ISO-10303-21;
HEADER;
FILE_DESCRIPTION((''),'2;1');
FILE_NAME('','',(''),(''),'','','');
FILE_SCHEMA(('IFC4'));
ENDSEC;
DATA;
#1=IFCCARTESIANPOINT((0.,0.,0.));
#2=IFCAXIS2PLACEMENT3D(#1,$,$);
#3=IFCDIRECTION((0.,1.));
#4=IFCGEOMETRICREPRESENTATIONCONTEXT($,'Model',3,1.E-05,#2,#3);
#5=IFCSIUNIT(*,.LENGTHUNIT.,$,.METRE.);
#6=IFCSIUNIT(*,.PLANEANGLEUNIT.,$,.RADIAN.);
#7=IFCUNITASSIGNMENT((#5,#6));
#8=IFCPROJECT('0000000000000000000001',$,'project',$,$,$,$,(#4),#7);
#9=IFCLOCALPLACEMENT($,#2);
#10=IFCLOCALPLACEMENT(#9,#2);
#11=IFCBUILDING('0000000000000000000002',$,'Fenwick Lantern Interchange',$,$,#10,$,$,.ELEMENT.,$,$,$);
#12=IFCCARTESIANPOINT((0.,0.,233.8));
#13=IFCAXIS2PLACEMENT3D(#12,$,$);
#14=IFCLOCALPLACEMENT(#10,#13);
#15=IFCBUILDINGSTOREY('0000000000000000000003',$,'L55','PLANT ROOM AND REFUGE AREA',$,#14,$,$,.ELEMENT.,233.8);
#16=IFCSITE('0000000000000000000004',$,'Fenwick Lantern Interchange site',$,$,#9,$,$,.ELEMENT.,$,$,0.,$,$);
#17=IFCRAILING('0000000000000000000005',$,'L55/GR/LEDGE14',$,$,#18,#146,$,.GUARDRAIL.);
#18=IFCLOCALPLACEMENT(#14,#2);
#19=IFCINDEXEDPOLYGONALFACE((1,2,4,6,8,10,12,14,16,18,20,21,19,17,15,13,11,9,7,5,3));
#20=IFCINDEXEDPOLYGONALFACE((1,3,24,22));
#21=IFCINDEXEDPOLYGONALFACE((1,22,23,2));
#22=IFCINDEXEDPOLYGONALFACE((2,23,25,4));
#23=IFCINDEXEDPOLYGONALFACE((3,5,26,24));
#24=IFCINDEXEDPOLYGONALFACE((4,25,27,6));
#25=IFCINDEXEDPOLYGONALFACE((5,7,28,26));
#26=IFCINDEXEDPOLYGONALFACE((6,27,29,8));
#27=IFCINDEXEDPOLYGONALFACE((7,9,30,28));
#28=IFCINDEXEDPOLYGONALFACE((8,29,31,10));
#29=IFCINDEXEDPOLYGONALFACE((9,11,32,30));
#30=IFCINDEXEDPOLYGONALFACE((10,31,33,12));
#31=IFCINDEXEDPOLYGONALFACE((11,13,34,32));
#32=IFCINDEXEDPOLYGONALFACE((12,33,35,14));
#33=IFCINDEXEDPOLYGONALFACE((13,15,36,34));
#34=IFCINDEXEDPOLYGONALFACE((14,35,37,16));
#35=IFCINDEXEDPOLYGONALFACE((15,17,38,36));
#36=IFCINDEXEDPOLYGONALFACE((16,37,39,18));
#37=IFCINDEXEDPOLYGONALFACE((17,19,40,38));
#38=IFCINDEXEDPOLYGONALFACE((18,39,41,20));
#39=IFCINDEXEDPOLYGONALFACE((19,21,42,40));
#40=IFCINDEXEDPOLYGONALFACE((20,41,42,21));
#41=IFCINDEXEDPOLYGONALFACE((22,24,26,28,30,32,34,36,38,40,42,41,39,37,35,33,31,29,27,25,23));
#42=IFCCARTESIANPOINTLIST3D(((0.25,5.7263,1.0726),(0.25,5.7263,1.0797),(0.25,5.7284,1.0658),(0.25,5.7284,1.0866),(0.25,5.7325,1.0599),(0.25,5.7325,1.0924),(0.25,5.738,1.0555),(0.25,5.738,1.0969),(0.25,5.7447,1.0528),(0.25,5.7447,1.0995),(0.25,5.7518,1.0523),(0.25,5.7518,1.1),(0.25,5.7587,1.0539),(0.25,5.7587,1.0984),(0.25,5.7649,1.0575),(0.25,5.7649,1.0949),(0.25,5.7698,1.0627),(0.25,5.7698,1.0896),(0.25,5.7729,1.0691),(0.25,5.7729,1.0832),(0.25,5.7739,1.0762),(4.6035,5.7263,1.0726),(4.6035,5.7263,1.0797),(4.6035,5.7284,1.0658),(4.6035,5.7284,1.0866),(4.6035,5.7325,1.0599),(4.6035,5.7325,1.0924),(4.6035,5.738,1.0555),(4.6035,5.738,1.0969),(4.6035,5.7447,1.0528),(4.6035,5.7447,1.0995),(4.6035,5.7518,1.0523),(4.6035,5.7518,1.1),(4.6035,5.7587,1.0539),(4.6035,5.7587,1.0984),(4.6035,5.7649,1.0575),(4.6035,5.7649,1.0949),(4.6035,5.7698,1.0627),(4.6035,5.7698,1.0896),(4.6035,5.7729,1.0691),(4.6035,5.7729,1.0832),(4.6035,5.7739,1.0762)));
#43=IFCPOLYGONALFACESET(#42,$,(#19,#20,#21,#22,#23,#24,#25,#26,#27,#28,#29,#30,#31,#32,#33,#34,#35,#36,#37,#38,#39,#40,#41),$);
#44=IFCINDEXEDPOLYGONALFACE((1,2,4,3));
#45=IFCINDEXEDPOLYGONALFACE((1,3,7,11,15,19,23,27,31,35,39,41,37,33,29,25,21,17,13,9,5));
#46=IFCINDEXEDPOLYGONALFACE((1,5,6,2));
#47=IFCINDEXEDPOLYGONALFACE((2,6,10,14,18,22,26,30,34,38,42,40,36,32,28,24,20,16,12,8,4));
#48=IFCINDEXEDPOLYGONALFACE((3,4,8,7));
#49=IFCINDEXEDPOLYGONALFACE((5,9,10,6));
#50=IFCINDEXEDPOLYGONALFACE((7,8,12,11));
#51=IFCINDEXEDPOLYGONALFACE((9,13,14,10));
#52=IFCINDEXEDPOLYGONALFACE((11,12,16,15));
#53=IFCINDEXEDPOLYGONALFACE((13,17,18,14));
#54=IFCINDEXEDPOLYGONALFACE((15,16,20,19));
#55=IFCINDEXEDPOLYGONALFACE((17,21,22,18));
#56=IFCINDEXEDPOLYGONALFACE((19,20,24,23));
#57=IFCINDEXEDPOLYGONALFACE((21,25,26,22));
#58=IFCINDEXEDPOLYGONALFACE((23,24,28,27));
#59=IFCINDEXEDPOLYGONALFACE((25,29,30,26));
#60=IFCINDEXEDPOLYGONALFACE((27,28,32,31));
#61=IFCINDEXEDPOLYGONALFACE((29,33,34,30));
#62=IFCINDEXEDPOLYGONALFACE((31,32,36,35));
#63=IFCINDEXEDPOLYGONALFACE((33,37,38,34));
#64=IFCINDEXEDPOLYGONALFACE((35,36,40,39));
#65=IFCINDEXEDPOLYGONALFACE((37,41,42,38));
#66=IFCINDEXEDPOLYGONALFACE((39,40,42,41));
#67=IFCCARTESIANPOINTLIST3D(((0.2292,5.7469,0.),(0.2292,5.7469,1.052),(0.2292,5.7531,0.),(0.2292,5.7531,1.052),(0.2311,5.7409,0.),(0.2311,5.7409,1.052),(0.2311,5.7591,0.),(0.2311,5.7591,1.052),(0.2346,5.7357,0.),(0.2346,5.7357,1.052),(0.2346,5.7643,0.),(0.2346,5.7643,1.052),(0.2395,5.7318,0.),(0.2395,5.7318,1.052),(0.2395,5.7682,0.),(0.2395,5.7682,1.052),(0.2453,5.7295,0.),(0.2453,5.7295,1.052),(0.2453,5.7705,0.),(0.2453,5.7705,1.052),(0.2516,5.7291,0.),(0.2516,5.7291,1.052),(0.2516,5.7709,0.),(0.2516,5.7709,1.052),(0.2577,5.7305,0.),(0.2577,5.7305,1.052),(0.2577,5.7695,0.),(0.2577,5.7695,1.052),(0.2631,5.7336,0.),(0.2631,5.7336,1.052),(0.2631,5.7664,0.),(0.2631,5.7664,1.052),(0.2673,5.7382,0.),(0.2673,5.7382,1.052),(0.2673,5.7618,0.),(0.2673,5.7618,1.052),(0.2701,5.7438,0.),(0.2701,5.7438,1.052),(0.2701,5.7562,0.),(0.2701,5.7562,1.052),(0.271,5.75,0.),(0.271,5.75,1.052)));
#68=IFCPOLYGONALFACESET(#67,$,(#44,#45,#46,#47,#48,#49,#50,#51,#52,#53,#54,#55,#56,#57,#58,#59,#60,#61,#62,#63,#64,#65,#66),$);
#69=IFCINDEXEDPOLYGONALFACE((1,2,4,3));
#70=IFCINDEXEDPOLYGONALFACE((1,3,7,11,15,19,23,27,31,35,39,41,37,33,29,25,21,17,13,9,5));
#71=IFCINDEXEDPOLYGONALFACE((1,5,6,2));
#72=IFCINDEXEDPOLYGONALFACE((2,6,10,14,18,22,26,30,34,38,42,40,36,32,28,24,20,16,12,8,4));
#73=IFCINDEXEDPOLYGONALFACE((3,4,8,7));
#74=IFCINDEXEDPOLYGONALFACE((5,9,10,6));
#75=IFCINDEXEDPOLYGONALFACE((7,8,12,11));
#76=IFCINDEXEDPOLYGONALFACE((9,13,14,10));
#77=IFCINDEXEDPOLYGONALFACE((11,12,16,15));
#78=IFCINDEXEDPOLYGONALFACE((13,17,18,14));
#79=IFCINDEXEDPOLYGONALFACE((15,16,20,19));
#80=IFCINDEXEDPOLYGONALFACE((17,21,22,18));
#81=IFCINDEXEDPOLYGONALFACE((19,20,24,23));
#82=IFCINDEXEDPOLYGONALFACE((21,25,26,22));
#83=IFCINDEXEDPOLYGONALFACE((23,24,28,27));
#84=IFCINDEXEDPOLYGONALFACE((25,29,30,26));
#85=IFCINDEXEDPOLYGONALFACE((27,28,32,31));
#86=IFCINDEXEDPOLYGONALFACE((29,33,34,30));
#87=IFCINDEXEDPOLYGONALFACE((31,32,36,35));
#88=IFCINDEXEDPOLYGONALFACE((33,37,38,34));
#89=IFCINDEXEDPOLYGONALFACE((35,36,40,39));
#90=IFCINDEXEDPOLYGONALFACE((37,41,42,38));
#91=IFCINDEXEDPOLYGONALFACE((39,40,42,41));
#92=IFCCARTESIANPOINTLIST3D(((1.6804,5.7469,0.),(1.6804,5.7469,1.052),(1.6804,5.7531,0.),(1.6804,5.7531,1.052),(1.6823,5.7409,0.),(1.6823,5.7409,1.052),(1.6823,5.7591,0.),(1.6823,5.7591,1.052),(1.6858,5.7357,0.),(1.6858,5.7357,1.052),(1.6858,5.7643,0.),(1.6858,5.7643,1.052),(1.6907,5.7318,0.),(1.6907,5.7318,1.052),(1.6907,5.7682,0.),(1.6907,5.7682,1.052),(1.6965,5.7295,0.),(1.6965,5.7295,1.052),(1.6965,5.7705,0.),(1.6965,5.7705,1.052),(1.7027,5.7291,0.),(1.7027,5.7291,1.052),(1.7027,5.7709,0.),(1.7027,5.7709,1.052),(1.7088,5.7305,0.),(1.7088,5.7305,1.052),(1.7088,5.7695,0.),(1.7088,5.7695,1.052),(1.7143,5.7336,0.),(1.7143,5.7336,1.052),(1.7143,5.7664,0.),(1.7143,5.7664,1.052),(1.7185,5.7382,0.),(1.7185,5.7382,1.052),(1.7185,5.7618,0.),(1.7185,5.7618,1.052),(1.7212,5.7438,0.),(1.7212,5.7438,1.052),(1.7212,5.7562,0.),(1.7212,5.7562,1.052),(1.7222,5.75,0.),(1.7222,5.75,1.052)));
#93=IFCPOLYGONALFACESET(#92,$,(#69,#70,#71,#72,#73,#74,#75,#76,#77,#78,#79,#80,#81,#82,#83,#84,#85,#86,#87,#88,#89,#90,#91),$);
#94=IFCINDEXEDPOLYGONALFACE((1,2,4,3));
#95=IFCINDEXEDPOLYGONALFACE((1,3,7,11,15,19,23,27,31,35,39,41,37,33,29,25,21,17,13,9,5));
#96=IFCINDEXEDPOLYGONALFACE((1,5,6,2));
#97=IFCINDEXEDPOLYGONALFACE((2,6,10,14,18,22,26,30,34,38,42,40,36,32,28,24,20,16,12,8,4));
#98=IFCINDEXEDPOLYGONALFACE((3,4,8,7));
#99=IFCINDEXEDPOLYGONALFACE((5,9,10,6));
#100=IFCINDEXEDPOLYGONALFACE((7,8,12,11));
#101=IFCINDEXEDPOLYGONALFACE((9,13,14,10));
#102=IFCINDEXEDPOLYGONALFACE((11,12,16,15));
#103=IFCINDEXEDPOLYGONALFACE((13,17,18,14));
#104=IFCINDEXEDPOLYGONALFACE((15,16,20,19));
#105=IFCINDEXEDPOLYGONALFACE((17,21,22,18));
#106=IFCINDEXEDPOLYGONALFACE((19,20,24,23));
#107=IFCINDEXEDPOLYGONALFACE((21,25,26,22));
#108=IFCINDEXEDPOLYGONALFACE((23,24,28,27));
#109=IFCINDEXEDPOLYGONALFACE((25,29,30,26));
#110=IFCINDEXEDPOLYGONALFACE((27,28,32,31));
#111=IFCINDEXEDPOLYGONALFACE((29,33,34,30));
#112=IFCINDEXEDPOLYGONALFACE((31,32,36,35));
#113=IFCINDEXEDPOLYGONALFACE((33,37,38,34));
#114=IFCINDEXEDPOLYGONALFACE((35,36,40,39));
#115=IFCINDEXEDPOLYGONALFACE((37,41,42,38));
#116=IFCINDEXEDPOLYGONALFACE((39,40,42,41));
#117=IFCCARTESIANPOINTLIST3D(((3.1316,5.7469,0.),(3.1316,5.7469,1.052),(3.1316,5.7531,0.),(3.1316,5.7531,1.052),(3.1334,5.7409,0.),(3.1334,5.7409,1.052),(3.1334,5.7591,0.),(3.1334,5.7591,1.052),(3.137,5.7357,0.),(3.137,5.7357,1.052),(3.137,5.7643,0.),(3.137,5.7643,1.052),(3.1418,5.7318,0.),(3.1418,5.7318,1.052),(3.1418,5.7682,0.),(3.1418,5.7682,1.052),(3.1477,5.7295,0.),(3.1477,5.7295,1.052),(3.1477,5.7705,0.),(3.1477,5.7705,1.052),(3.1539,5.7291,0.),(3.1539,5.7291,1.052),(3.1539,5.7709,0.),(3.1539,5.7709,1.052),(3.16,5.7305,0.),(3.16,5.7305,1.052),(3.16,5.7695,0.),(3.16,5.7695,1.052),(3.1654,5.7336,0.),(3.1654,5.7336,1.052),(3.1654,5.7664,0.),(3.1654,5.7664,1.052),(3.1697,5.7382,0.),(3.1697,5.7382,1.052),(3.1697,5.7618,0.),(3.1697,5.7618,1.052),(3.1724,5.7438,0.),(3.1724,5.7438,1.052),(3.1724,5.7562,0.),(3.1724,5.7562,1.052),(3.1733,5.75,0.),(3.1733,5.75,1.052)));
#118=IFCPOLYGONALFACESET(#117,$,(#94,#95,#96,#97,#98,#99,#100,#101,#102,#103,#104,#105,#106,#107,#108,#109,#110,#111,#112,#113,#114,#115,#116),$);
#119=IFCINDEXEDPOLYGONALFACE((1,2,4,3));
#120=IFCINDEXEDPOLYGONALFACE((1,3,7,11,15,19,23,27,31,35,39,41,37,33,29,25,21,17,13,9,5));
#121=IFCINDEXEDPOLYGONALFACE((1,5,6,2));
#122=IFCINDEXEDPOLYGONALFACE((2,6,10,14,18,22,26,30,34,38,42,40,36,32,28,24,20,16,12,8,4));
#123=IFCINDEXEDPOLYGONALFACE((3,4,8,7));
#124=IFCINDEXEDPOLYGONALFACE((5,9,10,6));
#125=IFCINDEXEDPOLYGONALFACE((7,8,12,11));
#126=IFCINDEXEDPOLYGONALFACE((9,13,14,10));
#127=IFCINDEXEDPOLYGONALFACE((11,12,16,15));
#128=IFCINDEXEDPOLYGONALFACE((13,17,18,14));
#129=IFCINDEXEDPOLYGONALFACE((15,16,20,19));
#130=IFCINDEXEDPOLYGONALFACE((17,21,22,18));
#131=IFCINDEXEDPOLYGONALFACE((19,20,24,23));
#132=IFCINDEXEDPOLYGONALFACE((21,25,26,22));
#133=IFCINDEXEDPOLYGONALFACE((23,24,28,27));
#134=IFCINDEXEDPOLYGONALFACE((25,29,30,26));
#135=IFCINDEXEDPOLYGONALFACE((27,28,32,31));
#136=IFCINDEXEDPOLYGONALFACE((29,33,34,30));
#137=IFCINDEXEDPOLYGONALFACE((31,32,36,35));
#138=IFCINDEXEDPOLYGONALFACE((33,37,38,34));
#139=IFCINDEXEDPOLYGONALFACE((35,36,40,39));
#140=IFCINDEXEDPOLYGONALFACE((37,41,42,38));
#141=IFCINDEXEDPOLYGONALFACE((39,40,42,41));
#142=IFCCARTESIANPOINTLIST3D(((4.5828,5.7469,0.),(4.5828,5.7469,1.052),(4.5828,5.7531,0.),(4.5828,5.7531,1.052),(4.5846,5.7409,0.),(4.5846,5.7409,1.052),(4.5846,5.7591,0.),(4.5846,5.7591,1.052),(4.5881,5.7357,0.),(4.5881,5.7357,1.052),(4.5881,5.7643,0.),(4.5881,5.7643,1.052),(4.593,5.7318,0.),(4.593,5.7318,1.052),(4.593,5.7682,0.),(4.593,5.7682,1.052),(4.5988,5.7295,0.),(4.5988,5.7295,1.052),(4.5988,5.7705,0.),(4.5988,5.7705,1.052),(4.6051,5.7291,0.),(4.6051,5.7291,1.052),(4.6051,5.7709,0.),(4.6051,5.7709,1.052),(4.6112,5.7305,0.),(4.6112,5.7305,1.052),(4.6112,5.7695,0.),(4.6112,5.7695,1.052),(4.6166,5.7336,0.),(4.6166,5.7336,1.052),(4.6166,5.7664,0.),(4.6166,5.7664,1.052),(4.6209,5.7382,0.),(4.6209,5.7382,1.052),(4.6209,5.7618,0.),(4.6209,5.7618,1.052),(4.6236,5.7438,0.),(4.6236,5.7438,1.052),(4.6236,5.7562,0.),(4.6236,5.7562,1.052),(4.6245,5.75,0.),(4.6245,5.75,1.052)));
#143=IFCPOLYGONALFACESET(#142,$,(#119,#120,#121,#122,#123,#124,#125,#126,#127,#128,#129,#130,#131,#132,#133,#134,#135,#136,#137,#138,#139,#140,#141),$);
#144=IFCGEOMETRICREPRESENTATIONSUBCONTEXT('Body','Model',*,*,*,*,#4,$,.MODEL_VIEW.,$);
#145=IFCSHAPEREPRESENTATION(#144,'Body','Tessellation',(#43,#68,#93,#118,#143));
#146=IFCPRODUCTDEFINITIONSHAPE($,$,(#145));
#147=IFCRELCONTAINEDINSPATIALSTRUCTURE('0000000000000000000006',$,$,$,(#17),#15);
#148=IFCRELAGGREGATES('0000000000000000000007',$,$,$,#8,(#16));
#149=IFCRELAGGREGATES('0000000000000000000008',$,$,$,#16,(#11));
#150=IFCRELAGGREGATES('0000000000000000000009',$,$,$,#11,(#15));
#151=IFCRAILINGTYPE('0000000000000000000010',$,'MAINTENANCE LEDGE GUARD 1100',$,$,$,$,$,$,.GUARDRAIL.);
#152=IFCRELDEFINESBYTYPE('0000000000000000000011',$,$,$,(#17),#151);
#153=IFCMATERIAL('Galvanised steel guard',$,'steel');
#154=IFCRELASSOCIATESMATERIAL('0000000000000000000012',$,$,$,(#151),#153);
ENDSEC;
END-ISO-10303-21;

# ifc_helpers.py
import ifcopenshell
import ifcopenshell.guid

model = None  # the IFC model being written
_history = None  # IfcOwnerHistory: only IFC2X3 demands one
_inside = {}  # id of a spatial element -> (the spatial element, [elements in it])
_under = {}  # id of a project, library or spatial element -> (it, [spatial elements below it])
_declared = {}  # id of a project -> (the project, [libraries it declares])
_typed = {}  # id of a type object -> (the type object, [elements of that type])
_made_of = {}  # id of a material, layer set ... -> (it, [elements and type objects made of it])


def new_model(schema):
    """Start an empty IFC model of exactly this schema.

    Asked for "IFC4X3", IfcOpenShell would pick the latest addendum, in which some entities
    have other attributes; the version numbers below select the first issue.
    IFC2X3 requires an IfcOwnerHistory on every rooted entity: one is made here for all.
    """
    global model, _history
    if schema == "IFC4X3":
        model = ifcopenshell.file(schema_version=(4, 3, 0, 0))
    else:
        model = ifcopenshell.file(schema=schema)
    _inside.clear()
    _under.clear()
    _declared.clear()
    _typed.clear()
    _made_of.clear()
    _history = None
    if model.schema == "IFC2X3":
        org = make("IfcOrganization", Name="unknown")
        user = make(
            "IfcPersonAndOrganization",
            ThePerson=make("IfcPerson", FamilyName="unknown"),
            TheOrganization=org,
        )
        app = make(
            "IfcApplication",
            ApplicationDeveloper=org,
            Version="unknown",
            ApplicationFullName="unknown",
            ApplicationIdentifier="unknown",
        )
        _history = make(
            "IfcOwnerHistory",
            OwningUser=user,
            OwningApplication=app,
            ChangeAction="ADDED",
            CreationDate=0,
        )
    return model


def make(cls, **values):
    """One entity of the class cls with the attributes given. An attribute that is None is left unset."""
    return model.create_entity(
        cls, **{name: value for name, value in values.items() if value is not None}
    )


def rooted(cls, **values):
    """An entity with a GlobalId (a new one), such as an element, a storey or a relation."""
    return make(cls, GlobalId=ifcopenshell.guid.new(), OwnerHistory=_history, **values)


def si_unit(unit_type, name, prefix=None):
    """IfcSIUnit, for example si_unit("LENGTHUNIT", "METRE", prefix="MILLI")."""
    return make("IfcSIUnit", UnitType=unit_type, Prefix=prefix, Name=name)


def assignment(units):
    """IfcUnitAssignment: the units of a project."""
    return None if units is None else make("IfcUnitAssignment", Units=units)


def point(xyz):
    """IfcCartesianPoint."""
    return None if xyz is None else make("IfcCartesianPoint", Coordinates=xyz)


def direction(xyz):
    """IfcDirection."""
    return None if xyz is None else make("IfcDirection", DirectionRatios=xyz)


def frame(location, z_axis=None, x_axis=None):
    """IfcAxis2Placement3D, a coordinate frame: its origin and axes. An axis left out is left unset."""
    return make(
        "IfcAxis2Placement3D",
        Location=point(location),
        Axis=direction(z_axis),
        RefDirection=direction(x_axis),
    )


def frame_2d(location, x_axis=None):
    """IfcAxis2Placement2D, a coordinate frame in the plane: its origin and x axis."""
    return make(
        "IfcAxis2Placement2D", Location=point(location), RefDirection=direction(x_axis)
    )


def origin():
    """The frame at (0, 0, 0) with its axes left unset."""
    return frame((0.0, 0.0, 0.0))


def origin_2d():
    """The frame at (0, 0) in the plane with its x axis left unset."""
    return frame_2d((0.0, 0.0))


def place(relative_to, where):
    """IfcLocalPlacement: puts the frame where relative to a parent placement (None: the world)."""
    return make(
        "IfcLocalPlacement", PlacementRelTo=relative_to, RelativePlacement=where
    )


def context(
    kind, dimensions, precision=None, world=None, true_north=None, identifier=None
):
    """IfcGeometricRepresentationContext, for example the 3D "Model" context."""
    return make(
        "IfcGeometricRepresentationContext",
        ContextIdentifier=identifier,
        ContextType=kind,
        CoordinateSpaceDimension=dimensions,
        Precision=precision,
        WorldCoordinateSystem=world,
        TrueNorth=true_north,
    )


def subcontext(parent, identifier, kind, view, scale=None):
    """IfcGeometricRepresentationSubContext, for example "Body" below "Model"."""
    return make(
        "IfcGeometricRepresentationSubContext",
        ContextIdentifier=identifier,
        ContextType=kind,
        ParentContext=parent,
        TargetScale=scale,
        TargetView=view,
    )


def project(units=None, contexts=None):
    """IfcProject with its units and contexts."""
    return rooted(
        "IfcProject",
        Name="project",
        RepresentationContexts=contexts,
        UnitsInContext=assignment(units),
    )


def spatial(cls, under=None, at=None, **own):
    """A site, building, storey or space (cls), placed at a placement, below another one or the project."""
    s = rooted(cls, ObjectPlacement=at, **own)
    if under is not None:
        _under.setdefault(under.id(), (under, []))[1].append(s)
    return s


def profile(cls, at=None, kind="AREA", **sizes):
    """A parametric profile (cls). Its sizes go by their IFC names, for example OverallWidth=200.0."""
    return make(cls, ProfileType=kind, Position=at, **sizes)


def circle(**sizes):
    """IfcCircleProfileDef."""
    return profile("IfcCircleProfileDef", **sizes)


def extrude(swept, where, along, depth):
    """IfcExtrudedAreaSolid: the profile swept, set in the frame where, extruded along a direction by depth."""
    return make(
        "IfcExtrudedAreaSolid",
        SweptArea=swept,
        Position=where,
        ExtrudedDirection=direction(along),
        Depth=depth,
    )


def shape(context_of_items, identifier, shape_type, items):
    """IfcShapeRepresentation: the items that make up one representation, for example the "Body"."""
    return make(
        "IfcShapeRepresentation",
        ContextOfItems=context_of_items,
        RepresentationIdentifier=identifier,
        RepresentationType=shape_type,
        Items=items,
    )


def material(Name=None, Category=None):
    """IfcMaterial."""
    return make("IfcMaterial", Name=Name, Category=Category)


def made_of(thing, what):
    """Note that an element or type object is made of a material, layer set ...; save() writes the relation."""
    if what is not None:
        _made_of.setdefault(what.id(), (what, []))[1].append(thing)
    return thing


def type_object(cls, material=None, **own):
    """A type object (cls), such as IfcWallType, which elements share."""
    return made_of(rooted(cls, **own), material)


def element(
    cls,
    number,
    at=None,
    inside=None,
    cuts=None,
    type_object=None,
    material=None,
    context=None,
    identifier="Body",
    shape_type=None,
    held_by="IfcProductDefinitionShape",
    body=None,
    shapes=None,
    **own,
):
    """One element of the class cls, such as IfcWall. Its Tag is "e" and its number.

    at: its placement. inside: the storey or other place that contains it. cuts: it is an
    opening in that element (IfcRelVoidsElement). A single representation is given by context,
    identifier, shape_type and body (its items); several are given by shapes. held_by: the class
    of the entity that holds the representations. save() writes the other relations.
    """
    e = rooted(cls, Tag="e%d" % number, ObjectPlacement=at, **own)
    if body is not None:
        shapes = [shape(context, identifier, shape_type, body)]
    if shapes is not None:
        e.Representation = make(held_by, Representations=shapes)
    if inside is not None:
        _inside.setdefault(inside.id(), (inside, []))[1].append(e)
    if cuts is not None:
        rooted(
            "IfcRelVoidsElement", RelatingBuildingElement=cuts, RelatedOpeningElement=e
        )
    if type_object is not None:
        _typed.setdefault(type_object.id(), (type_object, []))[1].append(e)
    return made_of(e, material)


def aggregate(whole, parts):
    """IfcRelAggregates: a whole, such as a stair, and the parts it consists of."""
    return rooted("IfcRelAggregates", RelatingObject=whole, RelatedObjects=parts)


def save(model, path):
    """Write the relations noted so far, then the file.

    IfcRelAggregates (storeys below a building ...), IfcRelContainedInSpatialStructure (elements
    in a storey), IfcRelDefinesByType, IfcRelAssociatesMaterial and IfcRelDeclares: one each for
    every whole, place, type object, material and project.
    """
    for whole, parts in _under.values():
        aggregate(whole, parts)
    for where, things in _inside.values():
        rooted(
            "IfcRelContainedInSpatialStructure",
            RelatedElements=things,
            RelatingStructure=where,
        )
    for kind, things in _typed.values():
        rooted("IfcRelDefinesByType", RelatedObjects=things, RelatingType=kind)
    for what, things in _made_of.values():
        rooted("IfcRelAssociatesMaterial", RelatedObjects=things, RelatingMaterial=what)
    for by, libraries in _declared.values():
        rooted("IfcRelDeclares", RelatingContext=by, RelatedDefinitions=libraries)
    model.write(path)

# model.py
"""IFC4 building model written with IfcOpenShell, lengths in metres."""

from ifc_helpers import new_model, si_unit, direction, frame, origin, origin_2d, place, context, subcontext, project, spatial, circle, extrude, material, type_object, element, save


model = new_model("IFC4")

# Units and contexts
model_context = context("Model", 3, precision=1e-05, world=origin(), true_north=direction((0.0, 1.0)))
body_context = subcontext(model_context, "Body", "Model", "MODEL_VIEW")
ifc_project = project(units=[si_unit("LENGTHUNIT", "METRE"), si_unit("PLANEANGLEUNIT", "RADIAN")], contexts=[model_context])

# Site, building, storey
site_placement = place(None, origin())
site = spatial("IfcSite", under=ifc_project, at=site_placement, Name="Fenwick Lantern Interchange site", CompositionType="ELEMENT", RefElevation=0.0)
building_placement = place(site_placement, origin())
building = spatial("IfcBuilding", under=site, at=building_placement, Name="Fenwick Lantern Interchange", CompositionType="ELEMENT")
storey_placement = place(building_placement, frame((0.0, 0.0, 233.8)))
storey = spatial("IfcBuildingStorey", under=building, at=storey_placement, Name="L55", Description="PLANT ROOM AND REFUGE AREA", CompositionType="ELEMENT", Elevation=233.8)

# Railing
ifc_material_1 = material(Name="Galvanised steel guard", Category="steel")
railing_type = type_object("IfcRailingType", Name="MAINTENANCE LEDGE GUARD 1100", PredefinedType="GUARDRAIL", material=ifc_material_1)
railing_1_placement = place(storey_placement, frame((0.25, 5.75, 0.0)))
element("IfcRailing", 1, at=railing_1_placement, inside=storey, type_object=railing_type, Name="L55/GR/LEDGE14", PredefinedType="GUARDRAIL", context=body_context, shape_type="SweptSolid", body=[
    extrude(circle(Radius=0.0239, at=origin_2d()), frame((0.0, 0.0, 1.0762), z_axis=(1.0, 0.0, 0.0), x_axis=(0.0, 1.0, 0.0)), (0.0, 0.0, 1.0), 4.3535),
    extrude(circle(Radius=0.021, at=origin_2d()), origin(), (0.0, 0.0, 1.0), 1.052),
    extrude(circle(Radius=0.021, at=origin_2d()), frame((1.4512, 0.0, 0.0)), (0.0, 0.0, 1.0), 1.052),
    extrude(circle(Radius=0.021, at=origin_2d()), frame((2.9023, 0.0, 0.0)), (0.0, 0.0, 1.0), 1.052),
    extrude(circle(Radius=0.021, at=origin_2d()), frame((4.3535, 0.0, 0.0)), (0.0, 0.0, 1.0), 1.052),
])

save(model, "model.ifc")
